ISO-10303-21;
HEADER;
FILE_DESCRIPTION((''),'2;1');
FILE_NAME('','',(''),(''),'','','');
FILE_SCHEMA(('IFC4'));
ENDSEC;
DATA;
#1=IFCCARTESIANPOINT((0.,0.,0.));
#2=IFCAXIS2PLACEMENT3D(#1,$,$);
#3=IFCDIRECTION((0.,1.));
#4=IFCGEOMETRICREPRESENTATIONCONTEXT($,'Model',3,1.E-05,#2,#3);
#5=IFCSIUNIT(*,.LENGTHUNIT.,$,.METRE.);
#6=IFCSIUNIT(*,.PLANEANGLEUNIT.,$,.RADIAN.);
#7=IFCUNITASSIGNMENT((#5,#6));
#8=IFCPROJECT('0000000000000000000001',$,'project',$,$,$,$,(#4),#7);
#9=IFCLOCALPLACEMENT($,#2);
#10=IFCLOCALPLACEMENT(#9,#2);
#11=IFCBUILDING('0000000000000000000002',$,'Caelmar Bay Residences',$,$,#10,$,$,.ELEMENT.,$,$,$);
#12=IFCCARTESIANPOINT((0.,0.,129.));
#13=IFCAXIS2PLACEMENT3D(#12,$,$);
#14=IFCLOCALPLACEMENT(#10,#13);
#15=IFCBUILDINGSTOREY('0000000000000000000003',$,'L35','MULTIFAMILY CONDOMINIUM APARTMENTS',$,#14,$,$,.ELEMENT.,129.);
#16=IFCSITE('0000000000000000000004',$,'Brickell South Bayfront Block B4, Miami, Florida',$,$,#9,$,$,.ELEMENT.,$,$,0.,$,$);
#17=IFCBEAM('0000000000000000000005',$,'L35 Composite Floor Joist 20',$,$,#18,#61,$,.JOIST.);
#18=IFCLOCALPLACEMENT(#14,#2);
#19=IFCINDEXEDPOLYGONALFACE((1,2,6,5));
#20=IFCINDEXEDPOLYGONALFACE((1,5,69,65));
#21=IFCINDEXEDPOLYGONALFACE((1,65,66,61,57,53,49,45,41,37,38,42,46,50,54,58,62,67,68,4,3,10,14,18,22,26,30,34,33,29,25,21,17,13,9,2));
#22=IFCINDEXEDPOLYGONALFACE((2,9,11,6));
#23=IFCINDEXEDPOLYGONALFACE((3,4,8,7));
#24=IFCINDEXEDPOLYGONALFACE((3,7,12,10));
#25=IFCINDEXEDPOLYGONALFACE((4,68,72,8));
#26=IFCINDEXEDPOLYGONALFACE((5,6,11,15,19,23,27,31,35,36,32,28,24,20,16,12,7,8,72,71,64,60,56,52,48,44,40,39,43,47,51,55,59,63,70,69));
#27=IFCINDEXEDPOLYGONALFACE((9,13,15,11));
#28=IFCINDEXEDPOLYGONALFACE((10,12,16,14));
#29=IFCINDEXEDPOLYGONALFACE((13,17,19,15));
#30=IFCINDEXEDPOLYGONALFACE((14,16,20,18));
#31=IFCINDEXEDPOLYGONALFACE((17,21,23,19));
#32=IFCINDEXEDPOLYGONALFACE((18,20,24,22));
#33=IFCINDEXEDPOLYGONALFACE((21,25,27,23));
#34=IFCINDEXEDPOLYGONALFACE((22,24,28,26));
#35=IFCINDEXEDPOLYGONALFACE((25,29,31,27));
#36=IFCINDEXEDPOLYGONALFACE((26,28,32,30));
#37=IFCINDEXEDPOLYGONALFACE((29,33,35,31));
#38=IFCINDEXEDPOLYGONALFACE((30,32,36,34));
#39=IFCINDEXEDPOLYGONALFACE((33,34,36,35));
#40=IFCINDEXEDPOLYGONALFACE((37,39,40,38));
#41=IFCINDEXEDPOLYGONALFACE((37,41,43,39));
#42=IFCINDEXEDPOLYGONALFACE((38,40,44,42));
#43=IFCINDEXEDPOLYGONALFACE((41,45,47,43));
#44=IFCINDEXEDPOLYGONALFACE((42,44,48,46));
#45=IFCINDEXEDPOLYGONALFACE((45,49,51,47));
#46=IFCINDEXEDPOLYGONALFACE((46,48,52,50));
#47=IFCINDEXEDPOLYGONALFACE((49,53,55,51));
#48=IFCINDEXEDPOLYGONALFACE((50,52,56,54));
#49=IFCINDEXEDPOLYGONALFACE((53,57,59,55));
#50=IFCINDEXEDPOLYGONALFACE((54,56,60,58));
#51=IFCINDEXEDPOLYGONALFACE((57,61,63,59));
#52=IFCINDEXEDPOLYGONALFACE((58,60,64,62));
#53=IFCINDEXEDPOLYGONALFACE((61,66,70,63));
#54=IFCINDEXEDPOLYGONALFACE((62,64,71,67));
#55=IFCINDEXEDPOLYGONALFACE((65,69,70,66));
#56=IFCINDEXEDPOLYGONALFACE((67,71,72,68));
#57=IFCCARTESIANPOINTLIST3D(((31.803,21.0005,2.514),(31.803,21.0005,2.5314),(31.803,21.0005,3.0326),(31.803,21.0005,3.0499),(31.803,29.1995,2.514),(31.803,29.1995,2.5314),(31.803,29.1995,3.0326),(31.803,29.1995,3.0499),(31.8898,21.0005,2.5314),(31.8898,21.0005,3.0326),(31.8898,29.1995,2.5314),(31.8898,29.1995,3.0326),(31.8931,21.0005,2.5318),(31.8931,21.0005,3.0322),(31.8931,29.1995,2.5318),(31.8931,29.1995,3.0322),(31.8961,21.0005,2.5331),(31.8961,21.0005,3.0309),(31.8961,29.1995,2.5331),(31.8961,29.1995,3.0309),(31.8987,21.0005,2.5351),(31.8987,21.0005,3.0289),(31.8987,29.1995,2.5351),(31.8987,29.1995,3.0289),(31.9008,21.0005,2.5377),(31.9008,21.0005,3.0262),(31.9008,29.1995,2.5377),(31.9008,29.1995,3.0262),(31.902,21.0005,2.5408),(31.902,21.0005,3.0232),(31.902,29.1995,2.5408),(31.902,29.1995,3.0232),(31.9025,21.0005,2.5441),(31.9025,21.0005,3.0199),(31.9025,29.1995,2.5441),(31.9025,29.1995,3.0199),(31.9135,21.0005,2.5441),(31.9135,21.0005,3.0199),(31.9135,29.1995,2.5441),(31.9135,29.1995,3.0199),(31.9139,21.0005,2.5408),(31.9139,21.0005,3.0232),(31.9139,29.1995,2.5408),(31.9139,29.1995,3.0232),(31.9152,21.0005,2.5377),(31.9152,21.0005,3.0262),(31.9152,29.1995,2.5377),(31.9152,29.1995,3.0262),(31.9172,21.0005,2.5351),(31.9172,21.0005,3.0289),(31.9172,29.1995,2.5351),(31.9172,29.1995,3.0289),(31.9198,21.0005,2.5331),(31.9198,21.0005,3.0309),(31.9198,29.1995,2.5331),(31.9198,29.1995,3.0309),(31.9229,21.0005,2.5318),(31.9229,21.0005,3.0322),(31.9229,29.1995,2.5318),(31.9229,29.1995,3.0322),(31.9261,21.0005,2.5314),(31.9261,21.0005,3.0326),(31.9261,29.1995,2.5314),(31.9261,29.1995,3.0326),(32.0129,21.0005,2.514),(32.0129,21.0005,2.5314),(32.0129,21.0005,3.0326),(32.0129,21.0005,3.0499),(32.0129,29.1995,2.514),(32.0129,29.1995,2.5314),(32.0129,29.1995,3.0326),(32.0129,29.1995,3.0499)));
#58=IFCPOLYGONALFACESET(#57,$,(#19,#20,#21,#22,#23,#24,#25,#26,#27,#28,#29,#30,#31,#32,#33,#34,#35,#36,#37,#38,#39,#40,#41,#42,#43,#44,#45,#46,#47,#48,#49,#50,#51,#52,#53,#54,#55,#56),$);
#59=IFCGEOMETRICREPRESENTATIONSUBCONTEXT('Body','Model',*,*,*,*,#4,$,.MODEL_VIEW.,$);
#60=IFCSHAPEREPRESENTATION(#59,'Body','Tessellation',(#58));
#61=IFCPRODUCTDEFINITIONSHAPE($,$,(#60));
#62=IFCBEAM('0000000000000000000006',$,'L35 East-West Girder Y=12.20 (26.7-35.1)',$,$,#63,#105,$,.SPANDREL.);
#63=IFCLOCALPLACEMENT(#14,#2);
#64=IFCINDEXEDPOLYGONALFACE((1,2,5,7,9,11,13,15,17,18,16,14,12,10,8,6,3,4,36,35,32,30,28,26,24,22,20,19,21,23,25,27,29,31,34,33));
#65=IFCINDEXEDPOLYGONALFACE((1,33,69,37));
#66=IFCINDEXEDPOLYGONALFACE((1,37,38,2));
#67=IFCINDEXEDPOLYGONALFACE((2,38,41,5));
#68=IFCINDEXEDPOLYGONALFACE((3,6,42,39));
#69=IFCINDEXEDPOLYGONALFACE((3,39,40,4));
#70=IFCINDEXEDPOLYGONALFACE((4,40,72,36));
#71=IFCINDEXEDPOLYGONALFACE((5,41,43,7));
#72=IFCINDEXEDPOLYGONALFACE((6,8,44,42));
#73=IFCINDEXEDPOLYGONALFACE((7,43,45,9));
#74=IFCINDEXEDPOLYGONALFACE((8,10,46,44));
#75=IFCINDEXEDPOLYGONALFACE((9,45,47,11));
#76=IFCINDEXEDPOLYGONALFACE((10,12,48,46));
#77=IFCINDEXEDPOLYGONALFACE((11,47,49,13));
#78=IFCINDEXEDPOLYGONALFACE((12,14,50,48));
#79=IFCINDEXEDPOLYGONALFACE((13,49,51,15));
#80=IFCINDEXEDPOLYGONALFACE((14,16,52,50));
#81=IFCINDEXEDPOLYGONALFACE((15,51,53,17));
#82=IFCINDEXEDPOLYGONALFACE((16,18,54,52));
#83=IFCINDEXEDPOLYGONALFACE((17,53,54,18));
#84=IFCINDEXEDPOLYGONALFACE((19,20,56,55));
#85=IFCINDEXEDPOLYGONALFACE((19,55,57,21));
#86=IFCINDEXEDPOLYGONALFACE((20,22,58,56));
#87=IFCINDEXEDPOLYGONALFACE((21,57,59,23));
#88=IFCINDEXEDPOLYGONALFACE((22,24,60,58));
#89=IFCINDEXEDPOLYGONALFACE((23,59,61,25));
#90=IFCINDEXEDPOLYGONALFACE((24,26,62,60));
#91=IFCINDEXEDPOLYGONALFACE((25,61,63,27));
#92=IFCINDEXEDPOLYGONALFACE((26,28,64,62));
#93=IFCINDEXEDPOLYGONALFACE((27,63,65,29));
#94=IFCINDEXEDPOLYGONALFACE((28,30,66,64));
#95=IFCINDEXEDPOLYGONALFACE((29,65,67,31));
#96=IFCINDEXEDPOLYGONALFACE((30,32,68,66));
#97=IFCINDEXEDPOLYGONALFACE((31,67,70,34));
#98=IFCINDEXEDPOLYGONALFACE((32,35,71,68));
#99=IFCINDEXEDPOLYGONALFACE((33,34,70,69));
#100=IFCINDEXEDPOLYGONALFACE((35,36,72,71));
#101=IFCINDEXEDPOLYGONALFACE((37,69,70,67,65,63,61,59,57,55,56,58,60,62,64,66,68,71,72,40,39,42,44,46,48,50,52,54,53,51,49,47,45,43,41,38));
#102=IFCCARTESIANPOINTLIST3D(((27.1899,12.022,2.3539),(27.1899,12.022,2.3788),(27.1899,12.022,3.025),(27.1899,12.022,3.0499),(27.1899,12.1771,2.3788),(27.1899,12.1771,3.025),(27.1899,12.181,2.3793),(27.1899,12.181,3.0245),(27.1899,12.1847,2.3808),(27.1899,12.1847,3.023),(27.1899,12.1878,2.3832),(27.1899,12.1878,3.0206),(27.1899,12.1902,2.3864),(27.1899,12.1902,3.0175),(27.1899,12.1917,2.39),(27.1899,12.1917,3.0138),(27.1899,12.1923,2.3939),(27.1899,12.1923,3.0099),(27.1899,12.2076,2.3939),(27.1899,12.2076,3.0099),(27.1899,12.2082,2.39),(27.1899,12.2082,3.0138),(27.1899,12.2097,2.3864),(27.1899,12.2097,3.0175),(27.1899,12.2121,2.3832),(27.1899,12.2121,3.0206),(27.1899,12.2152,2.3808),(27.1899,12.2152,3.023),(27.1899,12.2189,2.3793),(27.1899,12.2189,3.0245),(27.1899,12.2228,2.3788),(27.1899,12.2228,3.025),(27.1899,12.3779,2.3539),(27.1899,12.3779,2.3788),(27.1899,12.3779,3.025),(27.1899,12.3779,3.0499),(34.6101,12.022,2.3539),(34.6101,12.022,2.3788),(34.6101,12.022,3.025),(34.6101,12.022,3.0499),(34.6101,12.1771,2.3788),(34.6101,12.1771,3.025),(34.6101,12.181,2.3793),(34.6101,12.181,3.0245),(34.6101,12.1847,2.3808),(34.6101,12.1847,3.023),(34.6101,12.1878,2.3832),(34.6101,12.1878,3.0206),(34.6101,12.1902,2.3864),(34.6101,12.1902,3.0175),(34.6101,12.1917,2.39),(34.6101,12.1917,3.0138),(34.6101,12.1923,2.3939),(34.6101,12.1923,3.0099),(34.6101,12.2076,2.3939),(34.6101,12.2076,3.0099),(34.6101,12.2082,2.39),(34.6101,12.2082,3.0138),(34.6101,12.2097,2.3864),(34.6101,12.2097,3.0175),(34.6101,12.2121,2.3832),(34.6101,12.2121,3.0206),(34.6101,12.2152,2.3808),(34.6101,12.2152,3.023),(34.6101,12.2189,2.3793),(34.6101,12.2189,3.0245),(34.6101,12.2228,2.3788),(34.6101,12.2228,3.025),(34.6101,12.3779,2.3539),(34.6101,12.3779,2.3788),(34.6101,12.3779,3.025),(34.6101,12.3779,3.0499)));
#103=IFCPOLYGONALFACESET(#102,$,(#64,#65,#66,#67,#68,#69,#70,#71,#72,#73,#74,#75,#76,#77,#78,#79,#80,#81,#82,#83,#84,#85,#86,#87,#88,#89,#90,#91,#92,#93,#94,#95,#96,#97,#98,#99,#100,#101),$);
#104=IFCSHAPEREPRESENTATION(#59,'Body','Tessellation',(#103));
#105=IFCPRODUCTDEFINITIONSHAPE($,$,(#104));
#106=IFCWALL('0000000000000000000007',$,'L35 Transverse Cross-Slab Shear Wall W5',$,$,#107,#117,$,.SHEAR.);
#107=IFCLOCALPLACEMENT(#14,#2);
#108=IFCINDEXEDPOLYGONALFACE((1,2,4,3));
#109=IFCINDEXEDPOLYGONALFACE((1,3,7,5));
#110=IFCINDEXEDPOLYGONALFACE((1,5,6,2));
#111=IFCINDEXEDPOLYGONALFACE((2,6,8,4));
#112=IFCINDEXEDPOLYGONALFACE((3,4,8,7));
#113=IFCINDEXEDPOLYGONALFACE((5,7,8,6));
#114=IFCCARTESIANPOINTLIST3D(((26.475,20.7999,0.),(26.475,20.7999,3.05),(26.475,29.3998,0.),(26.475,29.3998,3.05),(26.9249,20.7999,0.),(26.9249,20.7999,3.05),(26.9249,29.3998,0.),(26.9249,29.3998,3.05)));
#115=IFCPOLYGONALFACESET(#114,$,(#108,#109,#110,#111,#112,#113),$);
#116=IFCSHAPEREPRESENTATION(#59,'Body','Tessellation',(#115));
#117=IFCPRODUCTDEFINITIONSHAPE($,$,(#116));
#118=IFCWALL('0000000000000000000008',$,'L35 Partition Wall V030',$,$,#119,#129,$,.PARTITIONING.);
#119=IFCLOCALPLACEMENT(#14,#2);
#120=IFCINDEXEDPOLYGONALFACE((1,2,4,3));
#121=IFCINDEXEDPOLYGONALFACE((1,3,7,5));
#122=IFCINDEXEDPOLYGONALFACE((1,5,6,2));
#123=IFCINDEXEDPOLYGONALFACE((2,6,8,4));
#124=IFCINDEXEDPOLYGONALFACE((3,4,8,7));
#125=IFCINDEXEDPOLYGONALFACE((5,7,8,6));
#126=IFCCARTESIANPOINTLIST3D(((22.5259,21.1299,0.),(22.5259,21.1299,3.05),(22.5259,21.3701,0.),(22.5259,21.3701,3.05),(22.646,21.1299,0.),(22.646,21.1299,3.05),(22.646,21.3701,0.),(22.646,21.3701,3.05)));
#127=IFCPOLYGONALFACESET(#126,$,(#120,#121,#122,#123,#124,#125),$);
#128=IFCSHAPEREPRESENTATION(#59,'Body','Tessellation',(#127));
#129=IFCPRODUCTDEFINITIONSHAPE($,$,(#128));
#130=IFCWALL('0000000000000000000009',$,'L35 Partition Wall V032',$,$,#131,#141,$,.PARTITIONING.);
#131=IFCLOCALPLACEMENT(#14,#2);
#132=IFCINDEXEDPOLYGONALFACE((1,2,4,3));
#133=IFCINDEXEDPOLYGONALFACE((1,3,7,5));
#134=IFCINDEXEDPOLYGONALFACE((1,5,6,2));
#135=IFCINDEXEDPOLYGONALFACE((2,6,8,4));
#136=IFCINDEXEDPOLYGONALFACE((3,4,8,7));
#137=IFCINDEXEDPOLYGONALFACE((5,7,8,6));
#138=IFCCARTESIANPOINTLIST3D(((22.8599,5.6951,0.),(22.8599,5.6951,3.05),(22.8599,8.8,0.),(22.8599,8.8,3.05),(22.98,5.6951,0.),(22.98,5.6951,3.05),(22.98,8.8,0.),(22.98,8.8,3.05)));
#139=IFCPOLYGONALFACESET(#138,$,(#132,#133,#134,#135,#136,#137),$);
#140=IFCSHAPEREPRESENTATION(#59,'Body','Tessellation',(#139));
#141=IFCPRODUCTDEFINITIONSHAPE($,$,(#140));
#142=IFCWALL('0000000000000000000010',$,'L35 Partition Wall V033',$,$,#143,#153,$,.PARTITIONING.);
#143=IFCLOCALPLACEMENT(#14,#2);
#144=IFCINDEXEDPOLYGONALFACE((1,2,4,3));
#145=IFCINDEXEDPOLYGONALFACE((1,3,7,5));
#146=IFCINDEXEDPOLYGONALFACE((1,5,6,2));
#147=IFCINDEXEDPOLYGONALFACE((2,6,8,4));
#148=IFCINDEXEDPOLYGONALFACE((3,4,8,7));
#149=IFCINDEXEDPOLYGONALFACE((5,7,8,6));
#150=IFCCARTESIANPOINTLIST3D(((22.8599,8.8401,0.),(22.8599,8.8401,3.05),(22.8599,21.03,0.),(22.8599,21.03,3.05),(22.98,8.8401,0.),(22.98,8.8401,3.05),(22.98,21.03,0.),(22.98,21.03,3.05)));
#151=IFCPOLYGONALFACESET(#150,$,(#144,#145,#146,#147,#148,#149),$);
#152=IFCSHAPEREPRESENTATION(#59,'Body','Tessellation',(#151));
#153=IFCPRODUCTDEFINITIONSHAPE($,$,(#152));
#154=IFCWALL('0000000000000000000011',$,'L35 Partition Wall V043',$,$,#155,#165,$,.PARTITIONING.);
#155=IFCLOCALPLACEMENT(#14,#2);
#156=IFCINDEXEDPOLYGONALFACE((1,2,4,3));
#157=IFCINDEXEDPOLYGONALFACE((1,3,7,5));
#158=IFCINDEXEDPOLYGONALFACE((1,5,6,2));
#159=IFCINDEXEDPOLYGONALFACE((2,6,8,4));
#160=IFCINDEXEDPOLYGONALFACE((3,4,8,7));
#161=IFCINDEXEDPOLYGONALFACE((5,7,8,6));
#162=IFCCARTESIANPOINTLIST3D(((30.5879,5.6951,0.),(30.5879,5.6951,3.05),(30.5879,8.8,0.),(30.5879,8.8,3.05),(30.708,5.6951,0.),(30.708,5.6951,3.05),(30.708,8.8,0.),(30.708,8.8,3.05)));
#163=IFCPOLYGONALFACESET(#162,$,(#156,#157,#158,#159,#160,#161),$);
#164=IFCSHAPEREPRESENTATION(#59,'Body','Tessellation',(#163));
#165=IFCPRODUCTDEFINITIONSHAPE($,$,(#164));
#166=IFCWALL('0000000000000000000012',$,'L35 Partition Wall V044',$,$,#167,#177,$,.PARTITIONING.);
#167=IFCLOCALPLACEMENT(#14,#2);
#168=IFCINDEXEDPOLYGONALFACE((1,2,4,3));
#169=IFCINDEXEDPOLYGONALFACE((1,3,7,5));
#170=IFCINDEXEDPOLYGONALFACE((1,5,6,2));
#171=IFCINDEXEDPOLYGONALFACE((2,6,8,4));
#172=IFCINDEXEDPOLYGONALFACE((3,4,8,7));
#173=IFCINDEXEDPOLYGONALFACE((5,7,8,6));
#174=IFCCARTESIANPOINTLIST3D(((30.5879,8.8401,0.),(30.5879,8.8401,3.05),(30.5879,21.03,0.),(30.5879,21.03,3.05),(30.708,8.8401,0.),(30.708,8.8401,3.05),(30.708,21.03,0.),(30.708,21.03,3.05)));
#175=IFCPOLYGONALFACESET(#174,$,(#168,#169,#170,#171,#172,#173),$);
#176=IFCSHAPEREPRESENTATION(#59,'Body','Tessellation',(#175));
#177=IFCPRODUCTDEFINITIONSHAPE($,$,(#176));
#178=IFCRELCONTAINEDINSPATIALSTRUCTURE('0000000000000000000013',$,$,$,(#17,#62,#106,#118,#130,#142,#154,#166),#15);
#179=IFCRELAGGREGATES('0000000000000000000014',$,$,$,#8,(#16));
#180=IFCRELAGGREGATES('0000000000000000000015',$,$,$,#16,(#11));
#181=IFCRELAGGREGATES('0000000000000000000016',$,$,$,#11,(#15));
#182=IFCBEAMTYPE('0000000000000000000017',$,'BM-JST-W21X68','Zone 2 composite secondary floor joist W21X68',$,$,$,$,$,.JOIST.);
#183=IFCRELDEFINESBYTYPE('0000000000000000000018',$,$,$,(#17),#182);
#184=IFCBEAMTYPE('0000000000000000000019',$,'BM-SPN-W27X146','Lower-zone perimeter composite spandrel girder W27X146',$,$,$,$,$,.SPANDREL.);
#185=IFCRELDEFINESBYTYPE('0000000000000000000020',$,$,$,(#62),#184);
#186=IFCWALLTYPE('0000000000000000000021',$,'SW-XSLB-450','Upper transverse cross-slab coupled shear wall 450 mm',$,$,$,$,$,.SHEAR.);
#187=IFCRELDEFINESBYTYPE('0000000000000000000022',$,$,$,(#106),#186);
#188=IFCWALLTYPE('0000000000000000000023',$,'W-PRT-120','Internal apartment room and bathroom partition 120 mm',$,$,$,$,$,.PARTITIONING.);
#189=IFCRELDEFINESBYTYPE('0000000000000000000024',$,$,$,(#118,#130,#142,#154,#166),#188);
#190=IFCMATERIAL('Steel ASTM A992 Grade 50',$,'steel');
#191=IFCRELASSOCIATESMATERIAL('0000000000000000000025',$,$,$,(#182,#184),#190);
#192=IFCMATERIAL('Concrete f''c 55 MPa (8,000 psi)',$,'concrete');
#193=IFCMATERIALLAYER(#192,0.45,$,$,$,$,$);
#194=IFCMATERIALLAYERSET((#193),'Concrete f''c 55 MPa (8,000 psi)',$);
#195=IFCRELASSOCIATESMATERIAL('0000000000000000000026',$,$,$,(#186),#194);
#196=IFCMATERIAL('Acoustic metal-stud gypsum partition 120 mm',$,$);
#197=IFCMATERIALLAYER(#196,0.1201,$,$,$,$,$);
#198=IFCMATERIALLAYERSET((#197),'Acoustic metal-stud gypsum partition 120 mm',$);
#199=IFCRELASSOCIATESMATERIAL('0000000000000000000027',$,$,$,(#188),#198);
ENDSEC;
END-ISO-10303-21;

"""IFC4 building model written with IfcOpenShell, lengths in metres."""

from ifc_helpers import new_model, si_unit, direction, frame, frame_2d, origin, origin_2d, place, context, subcontext, project, spatial, rectangle, i_section, extrude, material, layer, layer_set, material_profile, profile_set, type_object, element, save


model = new_model("IFC4")

# Units and contexts
model_context = context("Model", 3, precision=1e-05, world=origin(), true_north=direction((0.0, 1.0)))
body_context = subcontext(model_context, "Body", "Model", "MODEL_VIEW")
ifc_project = project(units=[si_unit("LENGTHUNIT", "METRE"), si_unit("PLANEANGLEUNIT", "RADIAN")], contexts=[model_context])

# Site, building, storey
site_placement = place(None, origin())
site = spatial("IfcSite", under=ifc_project, at=site_placement, Name="Brickell South Bayfront Block B4, Miami, Florida", CompositionType="ELEMENT", RefElevation=0.0)
building_placement = place(site_placement, origin())
building = spatial("IfcBuilding", under=site, at=building_placement, Name="Caelmar Bay Residences", CompositionType="ELEMENT")
storey_placement = place(building_placement, frame((0.0, 0.0, 129.0)))
storey = spatial("IfcBuildingStorey", under=building, at=storey_placement, Name="L35", Description="MULTIFAMILY CONDOMINIUM APARTMENTS", CompositionType="ELEMENT", Elevation=129.0)

# Beams
ifc_material_1 = material(Name="Steel ASTM A992 Grade 50", Category="steel")
ifc_material_profile_1 = material_profile(ifc_material_1, i_section(OverallWidth=0.21, OverallDepth=0.5359, WebThickness=0.011, FlangeThickness=0.0173, FilletRadius=0.0127, at=origin_2d()), Name="W21X68")
ifc_profile_set_1 = profile_set([ifc_material_profile_1], Name="Steel ASTM A992 Grade 50")
beam_type_1 = type_object("IfcBeamType", Name="BM-JST-W21X68", Description="Zone 2 composite secondary floor joist W21X68", PredefinedType="JOIST", material=ifc_profile_set_1)
for number, where, z_axis, x_axis, name in (
    (1, (31.908, 21.0005, 2.782), (0.0, 1.0, 0.0), (-1.0, 0.0, 0.0), "L35 Composite Floor Joist 20"),
):
    element("IfcBeam", number, at=place(storey_placement, frame(where, z_axis=z_axis, x_axis=x_axis)), inside=storey, type_object=beam_type_1, Name=name, PredefinedType="JOIST", context=body_context, shape_type="SweptSolid", body=[
        extrude(i_section(OverallWidth=0.21, OverallDepth=0.5359, WebThickness=0.011, FlangeThickness=0.0173, FilletRadius=0.0127, at=origin_2d()), origin(), (0.0, 0.0, 1.0), 8.199),
    ])
ifc_material_profile_2 = material_profile(ifc_material_1, i_section(OverallWidth=0.356, OverallDepth=0.696, WebThickness=0.0154, FlangeThickness=0.0249, FilletRadius=0.0151, at=origin_2d()), Name="W27X146")
ifc_profile_set_2 = profile_set([ifc_material_profile_2], Name="Steel ASTM A992 Grade 50")
beam_type_2 = type_object("IfcBeamType", Name="BM-SPN-W27X146", Description="Lower-zone perimeter composite spandrel girder W27X146", PredefinedType="SPANDREL", material=ifc_profile_set_2)
beam_1_placement = place(storey_placement, frame((27.1899, 12.2, 2.7019), z_axis=(1.0, 0.0, 0.0), x_axis=(0.0, 1.0, 0.0)))
element("IfcBeam", 2, at=beam_1_placement, inside=storey, type_object=beam_type_2, Name="L35 East-West Girder Y=12.20 (26.7-35.1)", PredefinedType="SPANDREL", context=body_context, shape_type="SweptSolid", body=[
    extrude(i_section(OverallWidth=0.356, OverallDepth=0.696, WebThickness=0.0154, FlangeThickness=0.0249, FilletRadius=0.0151, at=origin_2d()), origin(), (0.0, 0.0, 1.0), 7.4202),
])

# Walls
ifc_material_2 = material(Name="Concrete f'c 55 MPa (8,000 psi)", Category="concrete")
ifc_layer_1 = layer(ifc_material_2, 0.45)
ifc_layer_set_1 = layer_set([ifc_layer_1], Name="Concrete f'c 55 MPa (8,000 psi)")
wall_type_1 = type_object("IfcWallType", Name="SW-XSLB-450", Description="Upper transverse cross-slab coupled shear wall 450 mm", PredefinedType="SHEAR", material=ifc_layer_set_1)
wall_1_placement = place(storey_placement, frame((26.7, 20.8, 0.0), z_axis=(0.0, 0.0, 1.0), x_axis=(0.0, 1.0, 0.0)))
element("IfcWall", 3, at=wall_1_placement, inside=storey, type_object=wall_type_1, Name="L35 Transverse Cross-Slab Shear Wall W5", PredefinedType="SHEAR", context=body_context, shape_type="SweptSolid", body=[
    extrude(rectangle(XDim=8.5999, YDim=0.45, at=frame_2d((4.2998, 0.0))), origin(), (0.0, 0.0, 1.0), 3.05),
])
ifc_material_3 = material(Name="Acoustic metal-stud gypsum partition 120 mm")
ifc_layer_2 = layer(ifc_material_3, 0.1201)
ifc_layer_set_2 = layer_set([ifc_layer_2], Name="Acoustic metal-stud gypsum partition 120 mm")
wall_type_2 = type_object("IfcWallType", Name="W-PRT-120", Description="Internal apartment room and bathroom partition 120 mm", PredefinedType="PARTITIONING", material=ifc_layer_set_2)
wall_2_placement = place(storey_placement, frame((22.5859, 21.1299, 0.0), z_axis=(0.0, 0.0, 1.0), x_axis=(0.0, 1.0, 0.0)))
element("IfcWall", 4, at=wall_2_placement, inside=storey, type_object=wall_type_2, Name="L35 Partition Wall V030", PredefinedType="PARTITIONING", context=body_context, shape_type="SweptSolid", body=[
    extrude(rectangle(XDim=0.2402, YDim=0.1201, at=frame_2d((0.1201, 0.0))), origin(), (0.0, 0.0, 1.0), 3.05),
])
wall_3_placement = place(storey_placement, frame((22.9199, 5.6951, 0.0), z_axis=(0.0, 0.0, 1.0), x_axis=(0.0, 1.0, 0.0)))
element("IfcWall", 5, at=wall_3_placement, inside=storey, type_object=wall_type_2, Name="L35 Partition Wall V032", PredefinedType="PARTITIONING", context=body_context, shape_type="SweptSolid", body=[
    extrude(rectangle(XDim=3.105, YDim=0.1201, at=frame_2d((1.5525, 0.0))), origin(), (0.0, 0.0, 1.0), 3.05),
])
wall_4_placement = place(storey_placement, frame((22.9199, 8.8401, 0.0), z_axis=(0.0, 0.0, 1.0), x_axis=(0.0, 1.0, 0.0)))
element("IfcWall", 6, at=wall_4_placement, inside=storey, type_object=wall_type_2, Name="L35 Partition Wall V033", PredefinedType="PARTITIONING", context=body_context, shape_type="SweptSolid", body=[
    extrude(rectangle(XDim=12.1899, YDim=0.1201, at=frame_2d((6.095, 0.0))), origin(), (0.0, 0.0, 1.0), 3.05),
])
wall_5_placement = place(storey_placement, frame((30.6479, 5.6951, 0.0), z_axis=(0.0, 0.0, 1.0), x_axis=(0.0, 1.0, 0.0)))
element("IfcWall", 7, at=wall_5_placement, inside=storey, type_object=wall_type_2, Name="L35 Partition Wall V043", PredefinedType="PARTITIONING", context=body_context, shape_type="SweptSolid", body=[
    extrude(rectangle(XDim=3.105, YDim=0.1201, at=frame_2d((1.5525, 0.0))), origin(), (0.0, 0.0, 1.0), 3.05),
])
wall_6_placement = place(storey_placement, frame((30.6479, 8.8401, 0.0), z_axis=(0.0, 0.0, 1.0), x_axis=(0.0, 1.0, 0.0)))
element("IfcWall", 8, at=wall_6_placement, inside=storey, type_object=wall_type_2, Name="L35 Partition Wall V044", PredefinedType="PARTITIONING", context=body_context, shape_type="SweptSolid", body=[
    extrude(rectangle(XDim=12.1899, YDim=0.1201, at=frame_2d((6.095, 0.0))), origin(), (0.0, 0.0, 1.0), 3.05),
])

save(model, "model.ifc")
